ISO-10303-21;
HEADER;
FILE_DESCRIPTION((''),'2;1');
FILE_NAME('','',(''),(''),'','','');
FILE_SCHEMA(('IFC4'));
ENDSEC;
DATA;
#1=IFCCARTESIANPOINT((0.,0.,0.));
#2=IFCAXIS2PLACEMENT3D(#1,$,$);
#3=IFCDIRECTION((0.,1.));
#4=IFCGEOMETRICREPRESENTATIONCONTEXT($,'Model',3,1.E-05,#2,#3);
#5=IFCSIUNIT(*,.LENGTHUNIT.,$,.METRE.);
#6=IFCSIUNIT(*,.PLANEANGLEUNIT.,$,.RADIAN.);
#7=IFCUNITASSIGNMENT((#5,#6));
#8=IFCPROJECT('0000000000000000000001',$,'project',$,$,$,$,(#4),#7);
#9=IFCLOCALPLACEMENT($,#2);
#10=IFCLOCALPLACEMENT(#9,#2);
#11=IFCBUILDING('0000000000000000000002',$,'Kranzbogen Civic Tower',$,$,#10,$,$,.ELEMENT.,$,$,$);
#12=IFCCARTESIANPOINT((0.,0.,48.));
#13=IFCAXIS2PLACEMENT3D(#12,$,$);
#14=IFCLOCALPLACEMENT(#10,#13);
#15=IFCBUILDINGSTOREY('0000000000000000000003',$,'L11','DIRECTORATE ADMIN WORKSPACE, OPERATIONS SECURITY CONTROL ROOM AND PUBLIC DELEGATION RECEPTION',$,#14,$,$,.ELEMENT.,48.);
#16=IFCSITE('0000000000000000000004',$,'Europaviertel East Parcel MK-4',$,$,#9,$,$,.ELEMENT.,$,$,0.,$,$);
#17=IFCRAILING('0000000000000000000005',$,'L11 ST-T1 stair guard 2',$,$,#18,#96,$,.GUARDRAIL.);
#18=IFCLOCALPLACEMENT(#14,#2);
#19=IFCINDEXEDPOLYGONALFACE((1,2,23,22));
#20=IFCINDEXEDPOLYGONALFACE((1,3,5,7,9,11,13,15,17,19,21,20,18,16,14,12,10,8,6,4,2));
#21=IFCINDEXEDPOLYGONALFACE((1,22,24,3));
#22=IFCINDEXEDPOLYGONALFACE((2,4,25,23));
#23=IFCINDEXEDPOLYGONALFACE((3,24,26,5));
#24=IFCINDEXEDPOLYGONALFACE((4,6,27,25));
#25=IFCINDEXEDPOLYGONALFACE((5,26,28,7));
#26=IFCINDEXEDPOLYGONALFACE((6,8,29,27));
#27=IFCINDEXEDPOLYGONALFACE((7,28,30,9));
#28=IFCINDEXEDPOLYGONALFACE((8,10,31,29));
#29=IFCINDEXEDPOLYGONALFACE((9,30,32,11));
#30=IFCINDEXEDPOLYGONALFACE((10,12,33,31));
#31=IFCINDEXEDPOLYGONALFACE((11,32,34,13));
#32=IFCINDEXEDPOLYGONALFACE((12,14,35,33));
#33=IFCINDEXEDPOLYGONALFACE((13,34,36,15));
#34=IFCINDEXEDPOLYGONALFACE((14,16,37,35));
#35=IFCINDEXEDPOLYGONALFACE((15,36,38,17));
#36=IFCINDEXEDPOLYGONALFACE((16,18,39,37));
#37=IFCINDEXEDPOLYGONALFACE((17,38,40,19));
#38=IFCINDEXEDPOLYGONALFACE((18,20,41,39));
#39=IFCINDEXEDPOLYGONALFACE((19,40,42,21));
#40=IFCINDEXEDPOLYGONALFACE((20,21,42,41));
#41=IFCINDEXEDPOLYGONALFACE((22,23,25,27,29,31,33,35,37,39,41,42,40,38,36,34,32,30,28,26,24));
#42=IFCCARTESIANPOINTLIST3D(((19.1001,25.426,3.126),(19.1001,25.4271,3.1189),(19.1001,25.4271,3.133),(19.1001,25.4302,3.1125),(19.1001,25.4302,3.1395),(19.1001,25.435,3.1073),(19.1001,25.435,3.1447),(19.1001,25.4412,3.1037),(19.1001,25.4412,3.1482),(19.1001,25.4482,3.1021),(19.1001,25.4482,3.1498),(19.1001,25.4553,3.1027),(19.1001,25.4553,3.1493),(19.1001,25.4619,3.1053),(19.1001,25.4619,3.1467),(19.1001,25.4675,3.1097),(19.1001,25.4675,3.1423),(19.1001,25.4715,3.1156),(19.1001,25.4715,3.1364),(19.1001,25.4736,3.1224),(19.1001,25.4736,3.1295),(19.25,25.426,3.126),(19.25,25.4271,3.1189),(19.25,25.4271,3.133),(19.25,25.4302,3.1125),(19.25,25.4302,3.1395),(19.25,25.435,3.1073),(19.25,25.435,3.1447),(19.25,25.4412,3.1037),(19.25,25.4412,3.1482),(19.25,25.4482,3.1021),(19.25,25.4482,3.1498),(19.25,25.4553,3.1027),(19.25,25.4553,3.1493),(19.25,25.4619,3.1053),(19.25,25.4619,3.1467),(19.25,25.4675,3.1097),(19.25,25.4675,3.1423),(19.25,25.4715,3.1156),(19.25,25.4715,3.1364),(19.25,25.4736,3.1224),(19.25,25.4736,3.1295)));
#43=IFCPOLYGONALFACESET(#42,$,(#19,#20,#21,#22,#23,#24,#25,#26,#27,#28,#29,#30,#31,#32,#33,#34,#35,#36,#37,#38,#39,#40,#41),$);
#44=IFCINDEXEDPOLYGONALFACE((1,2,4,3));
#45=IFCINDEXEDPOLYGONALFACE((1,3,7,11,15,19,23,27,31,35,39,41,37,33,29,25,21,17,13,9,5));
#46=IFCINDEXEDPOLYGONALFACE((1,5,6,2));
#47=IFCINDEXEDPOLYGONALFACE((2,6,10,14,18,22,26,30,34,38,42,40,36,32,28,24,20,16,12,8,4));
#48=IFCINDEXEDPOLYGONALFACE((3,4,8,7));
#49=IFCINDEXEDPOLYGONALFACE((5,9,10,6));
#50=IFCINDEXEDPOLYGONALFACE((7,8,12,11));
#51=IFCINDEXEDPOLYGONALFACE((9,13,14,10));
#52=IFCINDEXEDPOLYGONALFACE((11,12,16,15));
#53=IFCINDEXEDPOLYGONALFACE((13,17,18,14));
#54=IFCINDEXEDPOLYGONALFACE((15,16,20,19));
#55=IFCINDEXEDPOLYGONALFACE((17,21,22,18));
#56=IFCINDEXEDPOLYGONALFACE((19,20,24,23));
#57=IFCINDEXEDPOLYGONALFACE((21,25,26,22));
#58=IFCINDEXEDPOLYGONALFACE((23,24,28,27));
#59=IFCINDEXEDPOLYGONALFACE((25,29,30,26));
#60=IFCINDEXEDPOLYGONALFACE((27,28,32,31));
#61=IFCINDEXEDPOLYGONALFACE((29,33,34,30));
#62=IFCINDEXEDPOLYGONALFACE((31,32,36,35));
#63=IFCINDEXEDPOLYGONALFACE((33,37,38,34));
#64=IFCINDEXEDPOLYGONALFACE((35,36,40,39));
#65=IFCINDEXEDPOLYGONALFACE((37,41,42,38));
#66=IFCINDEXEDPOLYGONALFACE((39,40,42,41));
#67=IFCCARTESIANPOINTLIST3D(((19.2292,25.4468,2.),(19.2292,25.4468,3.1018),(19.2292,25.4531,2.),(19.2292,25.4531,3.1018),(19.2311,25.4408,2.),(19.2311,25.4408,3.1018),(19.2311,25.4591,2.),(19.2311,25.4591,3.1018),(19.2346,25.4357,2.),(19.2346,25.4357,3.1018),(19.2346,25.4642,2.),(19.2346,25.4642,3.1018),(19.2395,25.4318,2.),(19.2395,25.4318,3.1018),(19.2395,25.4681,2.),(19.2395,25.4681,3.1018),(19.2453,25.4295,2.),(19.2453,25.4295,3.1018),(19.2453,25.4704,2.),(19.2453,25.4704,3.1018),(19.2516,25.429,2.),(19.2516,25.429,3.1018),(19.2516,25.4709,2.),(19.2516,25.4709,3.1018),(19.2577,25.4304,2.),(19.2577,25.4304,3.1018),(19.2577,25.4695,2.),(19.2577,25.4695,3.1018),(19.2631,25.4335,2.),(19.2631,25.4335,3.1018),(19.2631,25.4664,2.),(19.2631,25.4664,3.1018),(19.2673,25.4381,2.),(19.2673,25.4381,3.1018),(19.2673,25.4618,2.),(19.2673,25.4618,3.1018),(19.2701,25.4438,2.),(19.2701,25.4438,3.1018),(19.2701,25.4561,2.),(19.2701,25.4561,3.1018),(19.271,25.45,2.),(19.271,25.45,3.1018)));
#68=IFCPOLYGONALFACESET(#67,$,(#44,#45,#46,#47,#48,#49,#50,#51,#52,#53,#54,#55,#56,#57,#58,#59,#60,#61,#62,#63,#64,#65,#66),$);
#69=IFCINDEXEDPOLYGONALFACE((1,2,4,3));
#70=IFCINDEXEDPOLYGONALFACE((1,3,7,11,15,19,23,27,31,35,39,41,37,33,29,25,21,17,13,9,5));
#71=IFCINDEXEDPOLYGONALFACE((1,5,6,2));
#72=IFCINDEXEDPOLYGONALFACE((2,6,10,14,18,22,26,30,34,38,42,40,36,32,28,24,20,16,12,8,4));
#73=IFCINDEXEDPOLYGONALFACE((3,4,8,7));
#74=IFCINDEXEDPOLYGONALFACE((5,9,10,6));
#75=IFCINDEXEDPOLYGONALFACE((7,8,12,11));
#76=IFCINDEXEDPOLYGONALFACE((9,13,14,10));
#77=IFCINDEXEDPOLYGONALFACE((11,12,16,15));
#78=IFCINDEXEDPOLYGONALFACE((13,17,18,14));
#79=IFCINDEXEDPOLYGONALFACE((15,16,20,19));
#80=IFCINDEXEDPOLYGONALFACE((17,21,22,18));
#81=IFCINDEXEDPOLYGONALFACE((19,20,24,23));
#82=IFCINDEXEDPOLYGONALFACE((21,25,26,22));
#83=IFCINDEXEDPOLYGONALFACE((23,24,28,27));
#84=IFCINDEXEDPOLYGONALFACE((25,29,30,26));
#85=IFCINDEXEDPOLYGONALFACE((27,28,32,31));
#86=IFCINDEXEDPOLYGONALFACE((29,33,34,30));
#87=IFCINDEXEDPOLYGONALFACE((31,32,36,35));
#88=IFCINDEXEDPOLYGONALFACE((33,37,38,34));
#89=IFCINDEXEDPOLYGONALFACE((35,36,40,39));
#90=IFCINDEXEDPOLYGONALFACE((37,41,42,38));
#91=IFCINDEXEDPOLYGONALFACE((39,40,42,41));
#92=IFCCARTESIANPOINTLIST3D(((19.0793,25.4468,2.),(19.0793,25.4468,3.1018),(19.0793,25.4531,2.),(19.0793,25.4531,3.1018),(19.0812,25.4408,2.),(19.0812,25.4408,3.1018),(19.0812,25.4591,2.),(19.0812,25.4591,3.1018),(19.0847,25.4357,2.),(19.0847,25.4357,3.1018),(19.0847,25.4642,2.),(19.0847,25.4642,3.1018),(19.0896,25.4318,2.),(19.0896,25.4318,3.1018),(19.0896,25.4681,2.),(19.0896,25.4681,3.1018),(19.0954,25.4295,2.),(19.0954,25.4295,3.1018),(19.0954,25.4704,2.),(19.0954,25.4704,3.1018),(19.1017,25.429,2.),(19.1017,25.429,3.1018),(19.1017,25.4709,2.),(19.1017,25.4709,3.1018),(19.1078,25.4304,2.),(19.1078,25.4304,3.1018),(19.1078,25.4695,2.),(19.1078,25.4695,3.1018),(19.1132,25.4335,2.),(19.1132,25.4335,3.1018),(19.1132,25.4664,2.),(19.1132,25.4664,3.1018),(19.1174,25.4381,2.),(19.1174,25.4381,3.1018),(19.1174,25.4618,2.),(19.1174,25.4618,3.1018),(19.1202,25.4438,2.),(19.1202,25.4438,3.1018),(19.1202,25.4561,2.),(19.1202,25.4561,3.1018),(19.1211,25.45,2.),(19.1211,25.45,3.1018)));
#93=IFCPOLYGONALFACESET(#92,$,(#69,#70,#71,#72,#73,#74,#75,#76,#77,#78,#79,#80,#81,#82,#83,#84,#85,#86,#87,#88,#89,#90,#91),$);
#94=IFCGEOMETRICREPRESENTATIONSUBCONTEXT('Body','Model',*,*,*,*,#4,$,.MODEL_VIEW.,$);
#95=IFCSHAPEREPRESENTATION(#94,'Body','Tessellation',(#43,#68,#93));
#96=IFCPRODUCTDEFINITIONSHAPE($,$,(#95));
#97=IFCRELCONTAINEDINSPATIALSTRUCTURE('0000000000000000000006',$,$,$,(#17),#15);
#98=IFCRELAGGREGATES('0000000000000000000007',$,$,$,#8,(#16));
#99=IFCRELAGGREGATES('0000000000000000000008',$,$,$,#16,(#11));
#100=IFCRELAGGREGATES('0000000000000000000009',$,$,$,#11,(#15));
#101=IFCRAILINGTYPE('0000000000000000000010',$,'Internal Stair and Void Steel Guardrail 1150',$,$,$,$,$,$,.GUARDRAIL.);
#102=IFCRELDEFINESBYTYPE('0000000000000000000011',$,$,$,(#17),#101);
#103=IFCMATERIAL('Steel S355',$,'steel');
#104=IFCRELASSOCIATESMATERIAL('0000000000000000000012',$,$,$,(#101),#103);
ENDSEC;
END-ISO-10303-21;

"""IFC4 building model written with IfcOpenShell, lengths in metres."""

from ifc_helpers import new_model, si_unit, direction, frame, origin, origin_2d, place, context, subcontext, project, spatial, circle, extrude, material, type_object, element, save


model = new_model("IFC4")

# Units and contexts
model_context = context("Model", 3, precision=1e-05, world=origin(), true_north=direction((0.0, 1.0)))
body_context = subcontext(model_context, "Body", "Model", "MODEL_VIEW")
ifc_project = project(units=[si_unit("LENGTHUNIT", "METRE"), si_unit("PLANEANGLEUNIT", "RADIAN")], contexts=[model_context])

# Site, building, storey
site_placement = place(None, origin())
site = spatial("IfcSite", under=ifc_project, at=site_placement, Name="Europaviertel East Parcel MK-4", CompositionType="ELEMENT", RefElevation=0.0)
building_placement = place(site_placement, origin())
building = spatial("IfcBuilding", under=site, at=building_placement, Name="Kranzbogen Civic Tower", CompositionType="ELEMENT")
storey_placement = place(building_placement, frame((0.0, 0.0, 48.0)))
storey = spatial("IfcBuildingStorey", under=building, at=storey_placement, Name="L11", Description="DIRECTORATE ADMIN WORKSPACE, OPERATIONS SECURITY CONTROL ROOM AND PUBLIC DELEGATION RECEPTION", CompositionType="ELEMENT", Elevation=48.0)

# Shared definitions
ifc_material_1 = material(Name="Steel S355", Category="steel")

# Railing
railing_type_1 = type_object("IfcRailingType", Name="Internal Stair and Void Steel Guardrail 1150", PredefinedType="GUARDRAIL", material=ifc_material_1)
railing_1_placement = place(storey_placement, frame((19.25, 25.45, 2.0)))
element("IfcRailing", 1, at=railing_1_placement, inside=storey, type_object=railing_type_1, Name="L11 ST-T1 stair guard 2", PredefinedType="GUARDRAIL", context=body_context, shape_type="SweptSolid", body=[
    extrude(circle(Radius=0.0239, at=origin_2d()), frame((0.0, 0.0, 1.126), z_axis=(-1.0, 0.0, 0.0), x_axis=(0.0, -1.0, 0.0)), (0.0, 0.0, 1.0), 0.1499),
    extrude(circle(Radius=0.021, at=origin_2d()), origin(), (0.0, 0.0, 1.0), 1.1018),
    extrude(circle(Radius=0.021, at=origin_2d()), frame((-0.1499, 0.0, 0.0)), (0.0, 0.0, 1.0), 1.1018),
])

save(model, "model.ifc")
